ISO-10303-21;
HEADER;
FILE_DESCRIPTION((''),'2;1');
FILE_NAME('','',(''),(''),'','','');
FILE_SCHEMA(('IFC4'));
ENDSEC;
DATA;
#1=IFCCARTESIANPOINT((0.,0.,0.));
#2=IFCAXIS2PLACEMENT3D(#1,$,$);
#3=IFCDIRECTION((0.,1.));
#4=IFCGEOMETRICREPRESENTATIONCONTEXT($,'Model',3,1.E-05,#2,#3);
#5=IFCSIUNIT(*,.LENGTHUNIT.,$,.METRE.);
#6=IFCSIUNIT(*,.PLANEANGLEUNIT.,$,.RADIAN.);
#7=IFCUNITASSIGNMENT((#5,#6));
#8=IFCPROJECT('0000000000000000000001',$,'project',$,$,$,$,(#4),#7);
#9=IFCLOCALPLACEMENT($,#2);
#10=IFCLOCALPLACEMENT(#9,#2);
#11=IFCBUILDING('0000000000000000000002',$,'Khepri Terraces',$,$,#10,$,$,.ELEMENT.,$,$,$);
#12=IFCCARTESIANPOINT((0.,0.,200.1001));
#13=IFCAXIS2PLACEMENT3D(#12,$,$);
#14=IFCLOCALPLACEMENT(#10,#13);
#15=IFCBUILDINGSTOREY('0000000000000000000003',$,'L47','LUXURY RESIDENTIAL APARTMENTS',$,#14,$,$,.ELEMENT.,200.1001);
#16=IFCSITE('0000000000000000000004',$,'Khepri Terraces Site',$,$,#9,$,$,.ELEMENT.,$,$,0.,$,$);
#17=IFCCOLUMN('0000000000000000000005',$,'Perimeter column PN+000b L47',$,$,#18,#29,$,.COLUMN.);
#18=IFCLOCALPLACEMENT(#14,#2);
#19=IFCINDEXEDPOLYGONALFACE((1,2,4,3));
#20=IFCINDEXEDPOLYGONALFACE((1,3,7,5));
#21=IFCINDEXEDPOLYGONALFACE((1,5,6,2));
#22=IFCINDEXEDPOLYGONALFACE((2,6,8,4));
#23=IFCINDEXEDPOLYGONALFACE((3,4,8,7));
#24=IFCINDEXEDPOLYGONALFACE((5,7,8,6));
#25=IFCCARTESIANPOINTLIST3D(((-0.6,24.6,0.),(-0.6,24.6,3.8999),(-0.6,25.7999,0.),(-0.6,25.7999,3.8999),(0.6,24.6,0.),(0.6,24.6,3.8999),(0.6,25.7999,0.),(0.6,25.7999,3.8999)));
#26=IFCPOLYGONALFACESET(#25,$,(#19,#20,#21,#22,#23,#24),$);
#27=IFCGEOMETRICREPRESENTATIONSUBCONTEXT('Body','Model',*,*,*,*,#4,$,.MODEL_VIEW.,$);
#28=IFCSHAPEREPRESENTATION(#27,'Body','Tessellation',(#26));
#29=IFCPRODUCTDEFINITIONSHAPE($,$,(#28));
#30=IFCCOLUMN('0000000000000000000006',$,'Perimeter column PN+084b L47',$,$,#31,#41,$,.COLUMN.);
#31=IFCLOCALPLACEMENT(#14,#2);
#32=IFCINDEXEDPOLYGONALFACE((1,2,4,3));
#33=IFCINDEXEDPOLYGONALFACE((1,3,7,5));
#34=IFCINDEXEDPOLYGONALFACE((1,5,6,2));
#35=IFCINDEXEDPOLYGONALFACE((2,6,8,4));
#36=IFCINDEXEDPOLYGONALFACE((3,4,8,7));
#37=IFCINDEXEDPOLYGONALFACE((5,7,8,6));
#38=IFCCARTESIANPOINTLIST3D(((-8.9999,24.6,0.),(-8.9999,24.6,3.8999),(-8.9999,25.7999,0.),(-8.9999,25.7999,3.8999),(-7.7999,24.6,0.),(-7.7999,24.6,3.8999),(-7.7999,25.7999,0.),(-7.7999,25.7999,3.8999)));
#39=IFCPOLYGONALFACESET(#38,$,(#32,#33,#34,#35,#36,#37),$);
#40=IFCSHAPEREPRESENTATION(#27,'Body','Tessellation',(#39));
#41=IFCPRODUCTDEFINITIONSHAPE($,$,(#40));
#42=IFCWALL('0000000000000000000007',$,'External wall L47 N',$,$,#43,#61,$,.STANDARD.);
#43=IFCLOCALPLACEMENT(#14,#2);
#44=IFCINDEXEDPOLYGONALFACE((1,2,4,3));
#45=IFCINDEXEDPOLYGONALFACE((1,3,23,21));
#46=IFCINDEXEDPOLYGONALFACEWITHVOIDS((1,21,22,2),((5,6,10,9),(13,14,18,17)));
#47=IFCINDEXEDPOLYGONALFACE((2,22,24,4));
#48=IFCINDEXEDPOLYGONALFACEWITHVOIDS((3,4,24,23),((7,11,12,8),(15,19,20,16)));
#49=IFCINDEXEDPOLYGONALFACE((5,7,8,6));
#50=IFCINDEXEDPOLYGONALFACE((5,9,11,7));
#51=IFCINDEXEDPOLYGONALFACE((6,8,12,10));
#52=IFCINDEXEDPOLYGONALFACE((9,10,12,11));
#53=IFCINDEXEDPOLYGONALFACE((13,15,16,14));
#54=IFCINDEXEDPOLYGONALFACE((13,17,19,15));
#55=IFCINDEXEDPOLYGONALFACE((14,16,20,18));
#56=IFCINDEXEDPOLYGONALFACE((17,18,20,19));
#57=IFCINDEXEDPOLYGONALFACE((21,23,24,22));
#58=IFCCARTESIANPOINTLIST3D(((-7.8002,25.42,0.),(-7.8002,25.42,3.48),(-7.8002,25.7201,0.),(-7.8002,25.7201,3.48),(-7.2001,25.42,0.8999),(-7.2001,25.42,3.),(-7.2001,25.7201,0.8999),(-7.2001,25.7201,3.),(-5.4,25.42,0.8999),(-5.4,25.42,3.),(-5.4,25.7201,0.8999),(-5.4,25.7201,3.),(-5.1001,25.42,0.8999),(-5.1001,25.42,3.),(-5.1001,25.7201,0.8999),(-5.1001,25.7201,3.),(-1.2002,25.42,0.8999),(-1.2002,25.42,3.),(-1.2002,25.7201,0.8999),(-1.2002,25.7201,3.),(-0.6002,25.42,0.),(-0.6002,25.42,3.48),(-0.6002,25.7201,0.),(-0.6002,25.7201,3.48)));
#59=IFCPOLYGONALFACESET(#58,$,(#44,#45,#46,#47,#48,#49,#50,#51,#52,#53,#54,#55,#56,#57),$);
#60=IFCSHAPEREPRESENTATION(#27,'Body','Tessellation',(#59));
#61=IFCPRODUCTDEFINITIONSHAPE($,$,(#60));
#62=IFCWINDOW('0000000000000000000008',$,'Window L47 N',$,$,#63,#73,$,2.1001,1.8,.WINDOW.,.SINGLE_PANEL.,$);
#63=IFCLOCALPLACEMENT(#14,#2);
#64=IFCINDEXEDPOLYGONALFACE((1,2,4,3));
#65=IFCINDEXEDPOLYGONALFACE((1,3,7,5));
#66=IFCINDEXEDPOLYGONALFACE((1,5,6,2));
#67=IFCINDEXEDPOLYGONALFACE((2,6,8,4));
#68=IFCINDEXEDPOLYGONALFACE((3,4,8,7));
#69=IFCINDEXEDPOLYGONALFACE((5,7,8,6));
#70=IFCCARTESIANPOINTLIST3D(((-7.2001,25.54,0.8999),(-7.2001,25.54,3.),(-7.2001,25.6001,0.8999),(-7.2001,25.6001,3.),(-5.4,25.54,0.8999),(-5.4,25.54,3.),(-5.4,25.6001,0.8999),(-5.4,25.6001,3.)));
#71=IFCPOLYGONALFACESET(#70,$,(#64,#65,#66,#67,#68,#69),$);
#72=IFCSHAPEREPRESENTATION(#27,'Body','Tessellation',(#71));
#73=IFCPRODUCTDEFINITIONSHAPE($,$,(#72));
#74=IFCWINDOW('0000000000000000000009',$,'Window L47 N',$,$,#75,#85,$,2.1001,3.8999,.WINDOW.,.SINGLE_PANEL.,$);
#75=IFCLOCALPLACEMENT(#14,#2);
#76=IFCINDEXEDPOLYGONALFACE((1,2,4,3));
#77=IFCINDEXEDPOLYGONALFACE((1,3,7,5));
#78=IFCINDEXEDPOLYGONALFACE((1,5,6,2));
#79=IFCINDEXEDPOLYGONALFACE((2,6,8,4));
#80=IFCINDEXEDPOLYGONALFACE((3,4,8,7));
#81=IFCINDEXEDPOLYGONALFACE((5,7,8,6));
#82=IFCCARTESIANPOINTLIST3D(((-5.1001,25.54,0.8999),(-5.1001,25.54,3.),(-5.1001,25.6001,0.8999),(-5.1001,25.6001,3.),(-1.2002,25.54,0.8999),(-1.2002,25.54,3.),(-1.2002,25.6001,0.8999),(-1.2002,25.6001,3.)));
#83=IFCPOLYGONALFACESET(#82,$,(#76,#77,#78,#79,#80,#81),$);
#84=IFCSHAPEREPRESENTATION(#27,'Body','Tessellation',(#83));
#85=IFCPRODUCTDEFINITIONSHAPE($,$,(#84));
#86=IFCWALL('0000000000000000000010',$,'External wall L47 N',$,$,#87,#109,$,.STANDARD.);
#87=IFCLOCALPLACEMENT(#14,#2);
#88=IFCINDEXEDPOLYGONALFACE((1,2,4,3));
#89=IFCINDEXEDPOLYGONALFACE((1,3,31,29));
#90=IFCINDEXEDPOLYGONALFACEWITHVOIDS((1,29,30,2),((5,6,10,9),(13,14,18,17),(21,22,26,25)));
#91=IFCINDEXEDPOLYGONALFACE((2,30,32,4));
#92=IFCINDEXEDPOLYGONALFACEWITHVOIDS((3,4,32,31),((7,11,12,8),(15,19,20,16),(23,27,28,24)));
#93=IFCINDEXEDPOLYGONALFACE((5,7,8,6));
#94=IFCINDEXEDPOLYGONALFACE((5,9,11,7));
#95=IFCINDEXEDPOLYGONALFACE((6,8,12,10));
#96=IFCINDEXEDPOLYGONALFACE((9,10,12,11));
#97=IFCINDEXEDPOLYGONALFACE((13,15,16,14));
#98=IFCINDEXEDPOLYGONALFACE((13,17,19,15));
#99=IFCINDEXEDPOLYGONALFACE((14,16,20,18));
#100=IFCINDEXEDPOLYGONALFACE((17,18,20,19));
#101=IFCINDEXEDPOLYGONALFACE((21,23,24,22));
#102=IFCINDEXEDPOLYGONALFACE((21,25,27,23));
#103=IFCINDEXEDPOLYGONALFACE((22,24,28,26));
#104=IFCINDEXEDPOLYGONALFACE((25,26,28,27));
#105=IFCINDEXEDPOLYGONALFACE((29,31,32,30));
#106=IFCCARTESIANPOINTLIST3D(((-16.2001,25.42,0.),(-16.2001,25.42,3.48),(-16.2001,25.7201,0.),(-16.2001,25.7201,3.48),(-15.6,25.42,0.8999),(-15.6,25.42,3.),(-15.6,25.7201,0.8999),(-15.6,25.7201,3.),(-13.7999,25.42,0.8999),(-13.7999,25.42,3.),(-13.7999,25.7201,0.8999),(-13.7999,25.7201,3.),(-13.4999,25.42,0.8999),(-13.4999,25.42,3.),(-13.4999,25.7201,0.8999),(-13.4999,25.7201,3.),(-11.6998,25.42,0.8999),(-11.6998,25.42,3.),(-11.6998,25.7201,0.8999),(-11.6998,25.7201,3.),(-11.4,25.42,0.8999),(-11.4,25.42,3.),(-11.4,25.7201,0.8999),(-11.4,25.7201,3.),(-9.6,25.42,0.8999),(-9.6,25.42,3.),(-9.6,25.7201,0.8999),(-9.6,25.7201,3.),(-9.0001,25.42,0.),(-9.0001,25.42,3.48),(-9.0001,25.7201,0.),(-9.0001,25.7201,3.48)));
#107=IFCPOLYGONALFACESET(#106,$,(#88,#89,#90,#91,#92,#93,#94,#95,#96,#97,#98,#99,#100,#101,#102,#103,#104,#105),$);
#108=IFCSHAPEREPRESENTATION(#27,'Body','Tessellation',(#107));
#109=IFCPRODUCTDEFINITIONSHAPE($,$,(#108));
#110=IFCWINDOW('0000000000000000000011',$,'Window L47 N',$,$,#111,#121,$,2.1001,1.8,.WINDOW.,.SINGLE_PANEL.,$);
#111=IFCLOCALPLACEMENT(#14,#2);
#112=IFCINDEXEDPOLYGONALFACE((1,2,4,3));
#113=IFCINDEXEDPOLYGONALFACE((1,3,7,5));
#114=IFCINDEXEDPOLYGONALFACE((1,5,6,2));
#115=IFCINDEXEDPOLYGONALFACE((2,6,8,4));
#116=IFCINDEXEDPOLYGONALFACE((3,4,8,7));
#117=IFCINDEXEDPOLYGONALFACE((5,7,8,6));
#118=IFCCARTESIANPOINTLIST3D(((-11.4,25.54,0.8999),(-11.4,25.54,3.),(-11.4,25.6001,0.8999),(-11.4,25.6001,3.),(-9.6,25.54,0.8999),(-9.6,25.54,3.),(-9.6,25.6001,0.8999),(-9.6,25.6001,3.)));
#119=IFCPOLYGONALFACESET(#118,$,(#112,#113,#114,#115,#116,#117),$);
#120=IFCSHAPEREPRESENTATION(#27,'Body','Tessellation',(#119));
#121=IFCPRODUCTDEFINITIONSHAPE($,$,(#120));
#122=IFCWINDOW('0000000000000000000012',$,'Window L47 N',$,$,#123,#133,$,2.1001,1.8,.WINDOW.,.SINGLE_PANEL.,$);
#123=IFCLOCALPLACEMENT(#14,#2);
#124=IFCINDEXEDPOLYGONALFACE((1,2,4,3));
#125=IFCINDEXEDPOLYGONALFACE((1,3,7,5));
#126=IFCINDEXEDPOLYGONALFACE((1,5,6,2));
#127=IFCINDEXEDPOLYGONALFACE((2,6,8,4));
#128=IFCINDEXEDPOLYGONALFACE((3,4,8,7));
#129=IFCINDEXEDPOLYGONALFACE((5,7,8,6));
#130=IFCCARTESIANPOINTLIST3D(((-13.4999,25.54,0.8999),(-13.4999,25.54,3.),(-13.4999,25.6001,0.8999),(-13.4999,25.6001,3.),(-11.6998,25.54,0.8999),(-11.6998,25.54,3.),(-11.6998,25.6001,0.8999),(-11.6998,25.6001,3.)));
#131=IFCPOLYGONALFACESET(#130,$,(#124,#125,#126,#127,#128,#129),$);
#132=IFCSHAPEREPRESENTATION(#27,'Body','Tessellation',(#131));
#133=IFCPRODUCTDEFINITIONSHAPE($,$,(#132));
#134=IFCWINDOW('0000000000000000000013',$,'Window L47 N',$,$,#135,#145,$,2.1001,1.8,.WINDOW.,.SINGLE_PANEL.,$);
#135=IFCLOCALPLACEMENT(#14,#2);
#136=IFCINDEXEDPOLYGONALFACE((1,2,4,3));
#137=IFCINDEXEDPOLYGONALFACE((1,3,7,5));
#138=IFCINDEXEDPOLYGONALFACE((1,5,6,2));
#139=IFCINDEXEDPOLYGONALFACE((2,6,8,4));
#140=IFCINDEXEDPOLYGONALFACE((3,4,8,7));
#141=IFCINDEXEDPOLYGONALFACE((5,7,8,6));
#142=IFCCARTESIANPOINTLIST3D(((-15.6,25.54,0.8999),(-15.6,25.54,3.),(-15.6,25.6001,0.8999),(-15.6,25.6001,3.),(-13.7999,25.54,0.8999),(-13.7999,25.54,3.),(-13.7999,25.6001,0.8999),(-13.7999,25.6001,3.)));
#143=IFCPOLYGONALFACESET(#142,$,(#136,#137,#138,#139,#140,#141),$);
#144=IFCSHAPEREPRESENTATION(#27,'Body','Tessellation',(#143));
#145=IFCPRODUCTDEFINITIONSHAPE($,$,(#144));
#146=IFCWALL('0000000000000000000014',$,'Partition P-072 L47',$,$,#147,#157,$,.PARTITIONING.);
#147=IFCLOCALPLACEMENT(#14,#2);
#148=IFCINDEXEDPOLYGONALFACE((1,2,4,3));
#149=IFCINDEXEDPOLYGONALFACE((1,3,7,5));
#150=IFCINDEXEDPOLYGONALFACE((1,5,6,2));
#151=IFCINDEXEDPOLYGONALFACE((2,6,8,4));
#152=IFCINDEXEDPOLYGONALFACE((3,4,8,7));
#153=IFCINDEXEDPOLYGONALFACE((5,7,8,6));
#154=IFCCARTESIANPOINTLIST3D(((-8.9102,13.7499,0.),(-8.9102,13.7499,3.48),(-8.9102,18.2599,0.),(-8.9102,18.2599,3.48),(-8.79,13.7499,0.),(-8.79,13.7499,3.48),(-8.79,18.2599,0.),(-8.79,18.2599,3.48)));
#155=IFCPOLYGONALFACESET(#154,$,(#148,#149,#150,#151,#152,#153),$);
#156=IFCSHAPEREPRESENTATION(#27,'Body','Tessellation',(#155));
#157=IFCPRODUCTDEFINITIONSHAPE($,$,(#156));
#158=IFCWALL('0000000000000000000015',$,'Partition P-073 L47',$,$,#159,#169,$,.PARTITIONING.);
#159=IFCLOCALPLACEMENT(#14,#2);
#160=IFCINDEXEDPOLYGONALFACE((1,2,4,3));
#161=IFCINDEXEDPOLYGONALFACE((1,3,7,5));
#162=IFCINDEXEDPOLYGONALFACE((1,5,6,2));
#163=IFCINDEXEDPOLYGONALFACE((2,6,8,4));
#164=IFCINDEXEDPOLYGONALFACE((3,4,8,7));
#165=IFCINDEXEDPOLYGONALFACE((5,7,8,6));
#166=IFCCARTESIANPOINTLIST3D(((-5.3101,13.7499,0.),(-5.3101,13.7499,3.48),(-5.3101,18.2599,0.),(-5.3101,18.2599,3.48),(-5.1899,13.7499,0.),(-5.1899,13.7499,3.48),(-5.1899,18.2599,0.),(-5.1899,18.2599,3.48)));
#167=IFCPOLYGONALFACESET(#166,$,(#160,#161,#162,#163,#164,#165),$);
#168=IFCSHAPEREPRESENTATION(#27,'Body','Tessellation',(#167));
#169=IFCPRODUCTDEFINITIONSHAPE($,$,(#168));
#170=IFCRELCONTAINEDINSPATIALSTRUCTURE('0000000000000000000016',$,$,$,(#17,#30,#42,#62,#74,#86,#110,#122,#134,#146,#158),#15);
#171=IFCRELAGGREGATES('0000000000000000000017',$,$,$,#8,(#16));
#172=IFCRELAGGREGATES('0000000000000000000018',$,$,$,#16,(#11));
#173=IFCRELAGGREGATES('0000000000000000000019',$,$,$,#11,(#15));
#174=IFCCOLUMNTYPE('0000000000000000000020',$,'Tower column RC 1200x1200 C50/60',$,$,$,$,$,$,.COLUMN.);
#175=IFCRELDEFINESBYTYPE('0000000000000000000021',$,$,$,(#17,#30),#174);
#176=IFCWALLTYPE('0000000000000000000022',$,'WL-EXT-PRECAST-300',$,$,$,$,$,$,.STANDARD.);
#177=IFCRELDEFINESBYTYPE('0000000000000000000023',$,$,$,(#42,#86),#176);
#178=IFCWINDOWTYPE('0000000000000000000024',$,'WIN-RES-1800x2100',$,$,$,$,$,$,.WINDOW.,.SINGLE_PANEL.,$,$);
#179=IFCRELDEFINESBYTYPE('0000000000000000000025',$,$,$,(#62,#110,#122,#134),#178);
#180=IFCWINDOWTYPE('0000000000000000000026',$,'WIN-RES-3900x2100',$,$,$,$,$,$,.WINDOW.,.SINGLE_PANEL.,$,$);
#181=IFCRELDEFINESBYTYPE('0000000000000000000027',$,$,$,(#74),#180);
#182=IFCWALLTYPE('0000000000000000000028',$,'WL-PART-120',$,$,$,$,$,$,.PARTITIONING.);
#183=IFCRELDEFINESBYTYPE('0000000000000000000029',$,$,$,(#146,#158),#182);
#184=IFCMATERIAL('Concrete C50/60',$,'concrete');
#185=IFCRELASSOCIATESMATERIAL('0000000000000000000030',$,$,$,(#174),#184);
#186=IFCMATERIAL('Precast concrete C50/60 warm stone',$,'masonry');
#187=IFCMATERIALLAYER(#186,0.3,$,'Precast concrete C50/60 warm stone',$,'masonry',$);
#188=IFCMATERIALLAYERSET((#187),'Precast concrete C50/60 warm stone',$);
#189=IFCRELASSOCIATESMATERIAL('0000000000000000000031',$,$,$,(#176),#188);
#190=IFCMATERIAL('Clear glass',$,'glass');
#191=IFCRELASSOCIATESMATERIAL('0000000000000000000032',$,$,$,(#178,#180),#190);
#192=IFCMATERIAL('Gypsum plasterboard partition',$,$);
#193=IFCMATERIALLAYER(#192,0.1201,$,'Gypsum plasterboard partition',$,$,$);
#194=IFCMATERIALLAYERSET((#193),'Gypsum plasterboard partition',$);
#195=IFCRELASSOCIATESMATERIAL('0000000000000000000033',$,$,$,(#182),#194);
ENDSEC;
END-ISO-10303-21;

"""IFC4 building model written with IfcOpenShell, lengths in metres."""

from ifc_helpers import new_model, si_unit, direction, frame, frame_2d, origin, origin_2d, place, context, subcontext, project, spatial, rectangle, extrude, material, layer, layer_set, material_profile, profile_set, type_object, element, fill, save


model = new_model("IFC4")

# Units and contexts
model_context = context("Model", 3, precision=1e-05, world=origin(), true_north=direction((0.0, 1.0)))
body_context = subcontext(model_context, "Body", "Model", "MODEL_VIEW")
ifc_project = project(units=[si_unit("LENGTHUNIT", "METRE"), si_unit("PLANEANGLEUNIT", "RADIAN")], contexts=[model_context])

# Site, building, storey
site_placement = place(None, origin())
site = spatial("IfcSite", under=ifc_project, at=site_placement, Name="Khepri Terraces Site", CompositionType="ELEMENT", RefElevation=0.0)
building_placement = place(site_placement, origin())
building = spatial("IfcBuilding", under=site, at=building_placement, Name="Khepri Terraces", CompositionType="ELEMENT")
storey_placement = place(building_placement, frame((0.0, 0.0, 200.1001)))
storey = spatial("IfcBuildingStorey", under=building, at=storey_placement, Name="L47", Description="LUXURY RESIDENTIAL APARTMENTS", CompositionType="ELEMENT", Elevation=200.1001)

# Columns
ifc_material_1 = material(Name="Concrete C50/60", Category="concrete")
ifc_material_profile = material_profile(ifc_material_1, rectangle(XDim=1.2, YDim=1.2, at=origin_2d()), Name="Concrete C50/60", Category="concrete")
ifc_profile_set = profile_set([ifc_material_profile], Name="Concrete C50/60")
column_type = type_object("IfcColumnType", Name="Tower column RC 1200x1200 C50/60", PredefinedType="COLUMN", material=ifc_profile_set)
for number, where, z_axis, x_axis, name in (
    (1, (0.0, 25.2, 0.0), (0.0, 0.0, 1.0), (1.0, 0.0, 0.0), "Perimeter column PN+000b L47"),
    (2, (-8.3999, 25.2, 0.0), (0.0, 0.0, 1.0), (1.0, 0.0, 0.0), "Perimeter column PN+084b L47"),
):
    element("IfcColumn", number, at=place(storey_placement, frame(where, z_axis=z_axis, x_axis=x_axis)), inside=storey, type_object=column_type, Name=name, PredefinedType="COLUMN", context=body_context, shape_type="SweptSolid", body=[
        extrude(rectangle(XDim=1.2, YDim=1.2, at=origin_2d()), origin(), (0.0, 0.0, 1.0), 3.8999),
    ])

# Walls, openings, windows
ifc_material_2 = material(Name="Precast concrete C50/60 warm stone", Category="masonry")
ifc_layer_1 = layer(ifc_material_2, 0.3, Name="Precast concrete C50/60 warm stone", Category="masonry")
ifc_layer_set_1 = layer_set([ifc_layer_1], Name="Precast concrete C50/60 warm stone")
wall_type_1 = type_object("IfcWallType", Name="WL-EXT-PRECAST-300", PredefinedType="STANDARD", material=ifc_layer_set_1)
wall_1_placement = place(storey_placement, frame((-0.6001, 25.5701, 0.0), z_axis=(0.0, 0.0, 1.0), x_axis=(-1.0, 0.0, 0.0)))
wall_1 = element("IfcWall", 3, at=wall_1_placement, inside=storey, type_object=wall_type_1, Name="External wall L47 N", PredefinedType="STANDARD", context=body_context, shape_type="SweptSolid", body=[
    extrude(rectangle(XDim=7.2, YDim=0.3, at=frame_2d((3.6001, 0.0))), origin(), (0.0, 0.0, 1.0), 3.48),
])
opening_1_placement = place(wall_1_placement, frame((0.6001, 0.0, 0.8999)))
opening_1 = element("IfcOpeningElement", 4, at=opening_1_placement, cuts=wall_1, PredefinedType="OPENING", context=body_context, shape_type="SweptSolid", body=[
    extrude(rectangle(XDim=3.8999, YDim=2.1001, at=frame_2d((1.95, 1.05))), frame((0.0, 0.1602, 0.0), z_axis=(0.0, -1.0, 0.0), x_axis=(1.0, 0.0, 0.0)), (0.0, 0.0, 1.0), 0.3201),
])
opening_2_placement = place(wall_1_placement, frame((4.8, 0.0, 0.8999)))
opening_2 = element("IfcOpeningElement", 5, at=opening_2_placement, cuts=wall_1, PredefinedType="OPENING", context=body_context, shape_type="SweptSolid", body=[
    extrude(rectangle(XDim=1.8, YDim=2.1001, at=frame_2d((0.8999, 1.05))), frame((0.0, 0.1602, 0.0), z_axis=(0.0, -1.0, 0.0), x_axis=(1.0, 0.0, 0.0)), (0.0, 0.0, 1.0), 0.3201),
])
ifc_material_3 = material(Name="Clear glass", Category="glass")
window_type_1 = type_object("IfcWindowType", Name="WIN-RES-1800x2100", PartitioningType="SINGLE_PANEL", PredefinedType="WINDOW", material=ifc_material_3)
window_1_placement = place(opening_2_placement, origin())
window_1 = element("IfcWindow", 6, at=window_1_placement, inside=storey, type_object=window_type_1, Name="Window L47 N", OverallHeight=2.1001, OverallWidth=1.8, PartitioningType="SINGLE_PANEL", PredefinedType="WINDOW", context=body_context, shape_type="SweptSolid", body=[
    extrude(rectangle(XDim=1.8, YDim=2.1001, at=frame_2d((0.8999, 1.05))), frame((0.0, 0.03, 0.0), z_axis=(0.0, -1.0, 0.0), x_axis=(1.0, 0.0, 0.0)), (0.0, 0.0, 1.0), 0.0601),
])
fill(opening_2, window_1)
window_type_2 = type_object("IfcWindowType", Name="WIN-RES-3900x2100", PartitioningType="SINGLE_PANEL", PredefinedType="WINDOW", material=ifc_material_3)
window_2_placement = place(opening_1_placement, origin())
window_2 = element("IfcWindow", 7, at=window_2_placement, inside=storey, type_object=window_type_2, Name="Window L47 N", OverallHeight=2.1001, OverallWidth=3.8999, PartitioningType="SINGLE_PANEL", PredefinedType="WINDOW", context=body_context, shape_type="SweptSolid", body=[
    extrude(rectangle(XDim=3.8999, YDim=2.1001, at=frame_2d((1.95, 1.05))), frame((0.0, 0.03, 0.0), z_axis=(0.0, -1.0, 0.0), x_axis=(1.0, 0.0, 0.0)), (0.0, 0.0, 1.0), 0.0601),
])
fill(opening_1, window_2)
wall_2_placement = place(storey_placement, frame((-9.0, 25.5701, 0.0), z_axis=(0.0, 0.0, 1.0), x_axis=(-1.0, 0.0, 0.0)))
wall_2 = element("IfcWall", 8, at=wall_2_placement, inside=storey, type_object=wall_type_1, Name="External wall L47 N", PredefinedType="STANDARD", context=body_context, shape_type="SweptSolid", body=[
    extrude(rectangle(XDim=7.2, YDim=0.3, at=frame_2d((3.6001, 0.0))), origin(), (0.0, 0.0, 1.0), 3.48),
])
opening_3_placement = place(wall_2_placement, frame((0.6001, 0.0, 0.8999)))
opening_3 = element("IfcOpeningElement", 9, at=opening_3_placement, cuts=wall_2, PredefinedType="OPENING", context=body_context, shape_type="SweptSolid", body=[
    extrude(rectangle(XDim=1.8, YDim=2.1001, at=frame_2d((0.8999, 1.05))), frame((0.0, 0.1602, 0.0), z_axis=(0.0, -1.0, 0.0), x_axis=(1.0, 0.0, 0.0)), (0.0, 0.0, 1.0), 0.3201),
])
opening_4_placement = place(wall_2_placement, frame((2.7, 0.0, 0.8999)))
opening_4 = element("IfcOpeningElement", 10, at=opening_4_placement, cuts=wall_2, PredefinedType="OPENING", context=body_context, shape_type="SweptSolid", body=[
    extrude(rectangle(XDim=1.8, YDim=2.1001, at=frame_2d((0.8999, 1.05))), frame((0.0, 0.1602, 0.0), z_axis=(0.0, -1.0, 0.0), x_axis=(1.0, 0.0, 0.0)), (0.0, 0.0, 1.0), 0.3201),
])
opening_5_placement = place(wall_2_placement, frame((4.8, 0.0, 0.8999)))
opening_5 = element("IfcOpeningElement", 11, at=opening_5_placement, cuts=wall_2, PredefinedType="OPENING", context=body_context, shape_type="SweptSolid", body=[
    extrude(rectangle(XDim=1.8, YDim=2.1001, at=frame_2d((0.8999, 1.05))), frame((0.0, 0.1602, 0.0), z_axis=(0.0, -1.0, 0.0), x_axis=(1.0, 0.0, 0.0)), (0.0, 0.0, 1.0), 0.3201),
])
window_3_placement = place(opening_3_placement, origin())
window_3 = element("IfcWindow", 12, at=window_3_placement, inside=storey, type_object=window_type_1, Name="Window L47 N", OverallHeight=2.1001, OverallWidth=1.8, PartitioningType="SINGLE_PANEL", PredefinedType="WINDOW", context=body_context, shape_type="SweptSolid", body=[
    extrude(rectangle(XDim=1.8, YDim=2.1001, at=frame_2d((0.8999, 1.05))), frame((0.0, 0.03, 0.0), z_axis=(0.0, -1.0, 0.0), x_axis=(1.0, 0.0, 0.0)), (0.0, 0.0, 1.0), 0.0601),
])
fill(opening_3, window_3)
window_4_placement = place(opening_4_placement, origin())
window_4 = element("IfcWindow", 13, at=window_4_placement, inside=storey, type_object=window_type_1, Name="Window L47 N", OverallHeight=2.1001, OverallWidth=1.8, PartitioningType="SINGLE_PANEL", PredefinedType="WINDOW", context=body_context, shape_type="SweptSolid", body=[
    extrude(rectangle(XDim=1.8, YDim=2.1001, at=frame_2d((0.8999, 1.05))), frame((0.0, 0.03, 0.0), z_axis=(0.0, -1.0, 0.0), x_axis=(1.0, 0.0, 0.0)), (0.0, 0.0, 1.0), 0.0601),
])
fill(opening_4, window_4)
window_5_placement = place(opening_5_placement, origin())
window_5 = element("IfcWindow", 14, at=window_5_placement, inside=storey, type_object=window_type_1, Name="Window L47 N", OverallHeight=2.1001, OverallWidth=1.8, PartitioningType="SINGLE_PANEL", PredefinedType="WINDOW", context=body_context, shape_type="SweptSolid", body=[
    extrude(rectangle(XDim=1.8, YDim=2.1001, at=frame_2d((0.8999, 1.05))), frame((0.0, 0.03, 0.0), z_axis=(0.0, -1.0, 0.0), x_axis=(1.0, 0.0, 0.0)), (0.0, 0.0, 1.0), 0.0601),
])
fill(opening_5, window_5)

# Walls
ifc_material_4 = material(Name="Gypsum plasterboard partition")
ifc_layer_2 = layer(ifc_material_4, 0.1201, Name="Gypsum plasterboard partition")
ifc_layer_set_2 = layer_set([ifc_layer_2], Name="Gypsum plasterboard partition")
wall_type_2 = type_object("IfcWallType", Name="WL-PART-120", PredefinedType="PARTITIONING", material=ifc_layer_set_2)
for number, where, z_axis, x_axis, name in (
    (15, (-8.8501, 13.75, 0.0), (0.0, 0.0, 1.0), (0.0, 1.0, 0.0), "Partition P-072 L47"),
    (16, (-5.25, 13.75, 0.0), (0.0, 0.0, 1.0), (0.0, 1.0, 0.0), "Partition P-073 L47"),
):
    element("IfcWall", number, at=place(storey_placement, frame(where, z_axis=z_axis, x_axis=x_axis)), inside=storey, type_object=wall_type_2, Name=name, PredefinedType="PARTITIONING", context=body_context, shape_type="SweptSolid", body=[
        extrude(rectangle(XDim=4.51, YDim=0.1201, at=frame_2d((2.2549, 0.0))), origin(), (0.0, 0.0, 1.0), 3.48),
    ])

save(model, "model.ifc")
